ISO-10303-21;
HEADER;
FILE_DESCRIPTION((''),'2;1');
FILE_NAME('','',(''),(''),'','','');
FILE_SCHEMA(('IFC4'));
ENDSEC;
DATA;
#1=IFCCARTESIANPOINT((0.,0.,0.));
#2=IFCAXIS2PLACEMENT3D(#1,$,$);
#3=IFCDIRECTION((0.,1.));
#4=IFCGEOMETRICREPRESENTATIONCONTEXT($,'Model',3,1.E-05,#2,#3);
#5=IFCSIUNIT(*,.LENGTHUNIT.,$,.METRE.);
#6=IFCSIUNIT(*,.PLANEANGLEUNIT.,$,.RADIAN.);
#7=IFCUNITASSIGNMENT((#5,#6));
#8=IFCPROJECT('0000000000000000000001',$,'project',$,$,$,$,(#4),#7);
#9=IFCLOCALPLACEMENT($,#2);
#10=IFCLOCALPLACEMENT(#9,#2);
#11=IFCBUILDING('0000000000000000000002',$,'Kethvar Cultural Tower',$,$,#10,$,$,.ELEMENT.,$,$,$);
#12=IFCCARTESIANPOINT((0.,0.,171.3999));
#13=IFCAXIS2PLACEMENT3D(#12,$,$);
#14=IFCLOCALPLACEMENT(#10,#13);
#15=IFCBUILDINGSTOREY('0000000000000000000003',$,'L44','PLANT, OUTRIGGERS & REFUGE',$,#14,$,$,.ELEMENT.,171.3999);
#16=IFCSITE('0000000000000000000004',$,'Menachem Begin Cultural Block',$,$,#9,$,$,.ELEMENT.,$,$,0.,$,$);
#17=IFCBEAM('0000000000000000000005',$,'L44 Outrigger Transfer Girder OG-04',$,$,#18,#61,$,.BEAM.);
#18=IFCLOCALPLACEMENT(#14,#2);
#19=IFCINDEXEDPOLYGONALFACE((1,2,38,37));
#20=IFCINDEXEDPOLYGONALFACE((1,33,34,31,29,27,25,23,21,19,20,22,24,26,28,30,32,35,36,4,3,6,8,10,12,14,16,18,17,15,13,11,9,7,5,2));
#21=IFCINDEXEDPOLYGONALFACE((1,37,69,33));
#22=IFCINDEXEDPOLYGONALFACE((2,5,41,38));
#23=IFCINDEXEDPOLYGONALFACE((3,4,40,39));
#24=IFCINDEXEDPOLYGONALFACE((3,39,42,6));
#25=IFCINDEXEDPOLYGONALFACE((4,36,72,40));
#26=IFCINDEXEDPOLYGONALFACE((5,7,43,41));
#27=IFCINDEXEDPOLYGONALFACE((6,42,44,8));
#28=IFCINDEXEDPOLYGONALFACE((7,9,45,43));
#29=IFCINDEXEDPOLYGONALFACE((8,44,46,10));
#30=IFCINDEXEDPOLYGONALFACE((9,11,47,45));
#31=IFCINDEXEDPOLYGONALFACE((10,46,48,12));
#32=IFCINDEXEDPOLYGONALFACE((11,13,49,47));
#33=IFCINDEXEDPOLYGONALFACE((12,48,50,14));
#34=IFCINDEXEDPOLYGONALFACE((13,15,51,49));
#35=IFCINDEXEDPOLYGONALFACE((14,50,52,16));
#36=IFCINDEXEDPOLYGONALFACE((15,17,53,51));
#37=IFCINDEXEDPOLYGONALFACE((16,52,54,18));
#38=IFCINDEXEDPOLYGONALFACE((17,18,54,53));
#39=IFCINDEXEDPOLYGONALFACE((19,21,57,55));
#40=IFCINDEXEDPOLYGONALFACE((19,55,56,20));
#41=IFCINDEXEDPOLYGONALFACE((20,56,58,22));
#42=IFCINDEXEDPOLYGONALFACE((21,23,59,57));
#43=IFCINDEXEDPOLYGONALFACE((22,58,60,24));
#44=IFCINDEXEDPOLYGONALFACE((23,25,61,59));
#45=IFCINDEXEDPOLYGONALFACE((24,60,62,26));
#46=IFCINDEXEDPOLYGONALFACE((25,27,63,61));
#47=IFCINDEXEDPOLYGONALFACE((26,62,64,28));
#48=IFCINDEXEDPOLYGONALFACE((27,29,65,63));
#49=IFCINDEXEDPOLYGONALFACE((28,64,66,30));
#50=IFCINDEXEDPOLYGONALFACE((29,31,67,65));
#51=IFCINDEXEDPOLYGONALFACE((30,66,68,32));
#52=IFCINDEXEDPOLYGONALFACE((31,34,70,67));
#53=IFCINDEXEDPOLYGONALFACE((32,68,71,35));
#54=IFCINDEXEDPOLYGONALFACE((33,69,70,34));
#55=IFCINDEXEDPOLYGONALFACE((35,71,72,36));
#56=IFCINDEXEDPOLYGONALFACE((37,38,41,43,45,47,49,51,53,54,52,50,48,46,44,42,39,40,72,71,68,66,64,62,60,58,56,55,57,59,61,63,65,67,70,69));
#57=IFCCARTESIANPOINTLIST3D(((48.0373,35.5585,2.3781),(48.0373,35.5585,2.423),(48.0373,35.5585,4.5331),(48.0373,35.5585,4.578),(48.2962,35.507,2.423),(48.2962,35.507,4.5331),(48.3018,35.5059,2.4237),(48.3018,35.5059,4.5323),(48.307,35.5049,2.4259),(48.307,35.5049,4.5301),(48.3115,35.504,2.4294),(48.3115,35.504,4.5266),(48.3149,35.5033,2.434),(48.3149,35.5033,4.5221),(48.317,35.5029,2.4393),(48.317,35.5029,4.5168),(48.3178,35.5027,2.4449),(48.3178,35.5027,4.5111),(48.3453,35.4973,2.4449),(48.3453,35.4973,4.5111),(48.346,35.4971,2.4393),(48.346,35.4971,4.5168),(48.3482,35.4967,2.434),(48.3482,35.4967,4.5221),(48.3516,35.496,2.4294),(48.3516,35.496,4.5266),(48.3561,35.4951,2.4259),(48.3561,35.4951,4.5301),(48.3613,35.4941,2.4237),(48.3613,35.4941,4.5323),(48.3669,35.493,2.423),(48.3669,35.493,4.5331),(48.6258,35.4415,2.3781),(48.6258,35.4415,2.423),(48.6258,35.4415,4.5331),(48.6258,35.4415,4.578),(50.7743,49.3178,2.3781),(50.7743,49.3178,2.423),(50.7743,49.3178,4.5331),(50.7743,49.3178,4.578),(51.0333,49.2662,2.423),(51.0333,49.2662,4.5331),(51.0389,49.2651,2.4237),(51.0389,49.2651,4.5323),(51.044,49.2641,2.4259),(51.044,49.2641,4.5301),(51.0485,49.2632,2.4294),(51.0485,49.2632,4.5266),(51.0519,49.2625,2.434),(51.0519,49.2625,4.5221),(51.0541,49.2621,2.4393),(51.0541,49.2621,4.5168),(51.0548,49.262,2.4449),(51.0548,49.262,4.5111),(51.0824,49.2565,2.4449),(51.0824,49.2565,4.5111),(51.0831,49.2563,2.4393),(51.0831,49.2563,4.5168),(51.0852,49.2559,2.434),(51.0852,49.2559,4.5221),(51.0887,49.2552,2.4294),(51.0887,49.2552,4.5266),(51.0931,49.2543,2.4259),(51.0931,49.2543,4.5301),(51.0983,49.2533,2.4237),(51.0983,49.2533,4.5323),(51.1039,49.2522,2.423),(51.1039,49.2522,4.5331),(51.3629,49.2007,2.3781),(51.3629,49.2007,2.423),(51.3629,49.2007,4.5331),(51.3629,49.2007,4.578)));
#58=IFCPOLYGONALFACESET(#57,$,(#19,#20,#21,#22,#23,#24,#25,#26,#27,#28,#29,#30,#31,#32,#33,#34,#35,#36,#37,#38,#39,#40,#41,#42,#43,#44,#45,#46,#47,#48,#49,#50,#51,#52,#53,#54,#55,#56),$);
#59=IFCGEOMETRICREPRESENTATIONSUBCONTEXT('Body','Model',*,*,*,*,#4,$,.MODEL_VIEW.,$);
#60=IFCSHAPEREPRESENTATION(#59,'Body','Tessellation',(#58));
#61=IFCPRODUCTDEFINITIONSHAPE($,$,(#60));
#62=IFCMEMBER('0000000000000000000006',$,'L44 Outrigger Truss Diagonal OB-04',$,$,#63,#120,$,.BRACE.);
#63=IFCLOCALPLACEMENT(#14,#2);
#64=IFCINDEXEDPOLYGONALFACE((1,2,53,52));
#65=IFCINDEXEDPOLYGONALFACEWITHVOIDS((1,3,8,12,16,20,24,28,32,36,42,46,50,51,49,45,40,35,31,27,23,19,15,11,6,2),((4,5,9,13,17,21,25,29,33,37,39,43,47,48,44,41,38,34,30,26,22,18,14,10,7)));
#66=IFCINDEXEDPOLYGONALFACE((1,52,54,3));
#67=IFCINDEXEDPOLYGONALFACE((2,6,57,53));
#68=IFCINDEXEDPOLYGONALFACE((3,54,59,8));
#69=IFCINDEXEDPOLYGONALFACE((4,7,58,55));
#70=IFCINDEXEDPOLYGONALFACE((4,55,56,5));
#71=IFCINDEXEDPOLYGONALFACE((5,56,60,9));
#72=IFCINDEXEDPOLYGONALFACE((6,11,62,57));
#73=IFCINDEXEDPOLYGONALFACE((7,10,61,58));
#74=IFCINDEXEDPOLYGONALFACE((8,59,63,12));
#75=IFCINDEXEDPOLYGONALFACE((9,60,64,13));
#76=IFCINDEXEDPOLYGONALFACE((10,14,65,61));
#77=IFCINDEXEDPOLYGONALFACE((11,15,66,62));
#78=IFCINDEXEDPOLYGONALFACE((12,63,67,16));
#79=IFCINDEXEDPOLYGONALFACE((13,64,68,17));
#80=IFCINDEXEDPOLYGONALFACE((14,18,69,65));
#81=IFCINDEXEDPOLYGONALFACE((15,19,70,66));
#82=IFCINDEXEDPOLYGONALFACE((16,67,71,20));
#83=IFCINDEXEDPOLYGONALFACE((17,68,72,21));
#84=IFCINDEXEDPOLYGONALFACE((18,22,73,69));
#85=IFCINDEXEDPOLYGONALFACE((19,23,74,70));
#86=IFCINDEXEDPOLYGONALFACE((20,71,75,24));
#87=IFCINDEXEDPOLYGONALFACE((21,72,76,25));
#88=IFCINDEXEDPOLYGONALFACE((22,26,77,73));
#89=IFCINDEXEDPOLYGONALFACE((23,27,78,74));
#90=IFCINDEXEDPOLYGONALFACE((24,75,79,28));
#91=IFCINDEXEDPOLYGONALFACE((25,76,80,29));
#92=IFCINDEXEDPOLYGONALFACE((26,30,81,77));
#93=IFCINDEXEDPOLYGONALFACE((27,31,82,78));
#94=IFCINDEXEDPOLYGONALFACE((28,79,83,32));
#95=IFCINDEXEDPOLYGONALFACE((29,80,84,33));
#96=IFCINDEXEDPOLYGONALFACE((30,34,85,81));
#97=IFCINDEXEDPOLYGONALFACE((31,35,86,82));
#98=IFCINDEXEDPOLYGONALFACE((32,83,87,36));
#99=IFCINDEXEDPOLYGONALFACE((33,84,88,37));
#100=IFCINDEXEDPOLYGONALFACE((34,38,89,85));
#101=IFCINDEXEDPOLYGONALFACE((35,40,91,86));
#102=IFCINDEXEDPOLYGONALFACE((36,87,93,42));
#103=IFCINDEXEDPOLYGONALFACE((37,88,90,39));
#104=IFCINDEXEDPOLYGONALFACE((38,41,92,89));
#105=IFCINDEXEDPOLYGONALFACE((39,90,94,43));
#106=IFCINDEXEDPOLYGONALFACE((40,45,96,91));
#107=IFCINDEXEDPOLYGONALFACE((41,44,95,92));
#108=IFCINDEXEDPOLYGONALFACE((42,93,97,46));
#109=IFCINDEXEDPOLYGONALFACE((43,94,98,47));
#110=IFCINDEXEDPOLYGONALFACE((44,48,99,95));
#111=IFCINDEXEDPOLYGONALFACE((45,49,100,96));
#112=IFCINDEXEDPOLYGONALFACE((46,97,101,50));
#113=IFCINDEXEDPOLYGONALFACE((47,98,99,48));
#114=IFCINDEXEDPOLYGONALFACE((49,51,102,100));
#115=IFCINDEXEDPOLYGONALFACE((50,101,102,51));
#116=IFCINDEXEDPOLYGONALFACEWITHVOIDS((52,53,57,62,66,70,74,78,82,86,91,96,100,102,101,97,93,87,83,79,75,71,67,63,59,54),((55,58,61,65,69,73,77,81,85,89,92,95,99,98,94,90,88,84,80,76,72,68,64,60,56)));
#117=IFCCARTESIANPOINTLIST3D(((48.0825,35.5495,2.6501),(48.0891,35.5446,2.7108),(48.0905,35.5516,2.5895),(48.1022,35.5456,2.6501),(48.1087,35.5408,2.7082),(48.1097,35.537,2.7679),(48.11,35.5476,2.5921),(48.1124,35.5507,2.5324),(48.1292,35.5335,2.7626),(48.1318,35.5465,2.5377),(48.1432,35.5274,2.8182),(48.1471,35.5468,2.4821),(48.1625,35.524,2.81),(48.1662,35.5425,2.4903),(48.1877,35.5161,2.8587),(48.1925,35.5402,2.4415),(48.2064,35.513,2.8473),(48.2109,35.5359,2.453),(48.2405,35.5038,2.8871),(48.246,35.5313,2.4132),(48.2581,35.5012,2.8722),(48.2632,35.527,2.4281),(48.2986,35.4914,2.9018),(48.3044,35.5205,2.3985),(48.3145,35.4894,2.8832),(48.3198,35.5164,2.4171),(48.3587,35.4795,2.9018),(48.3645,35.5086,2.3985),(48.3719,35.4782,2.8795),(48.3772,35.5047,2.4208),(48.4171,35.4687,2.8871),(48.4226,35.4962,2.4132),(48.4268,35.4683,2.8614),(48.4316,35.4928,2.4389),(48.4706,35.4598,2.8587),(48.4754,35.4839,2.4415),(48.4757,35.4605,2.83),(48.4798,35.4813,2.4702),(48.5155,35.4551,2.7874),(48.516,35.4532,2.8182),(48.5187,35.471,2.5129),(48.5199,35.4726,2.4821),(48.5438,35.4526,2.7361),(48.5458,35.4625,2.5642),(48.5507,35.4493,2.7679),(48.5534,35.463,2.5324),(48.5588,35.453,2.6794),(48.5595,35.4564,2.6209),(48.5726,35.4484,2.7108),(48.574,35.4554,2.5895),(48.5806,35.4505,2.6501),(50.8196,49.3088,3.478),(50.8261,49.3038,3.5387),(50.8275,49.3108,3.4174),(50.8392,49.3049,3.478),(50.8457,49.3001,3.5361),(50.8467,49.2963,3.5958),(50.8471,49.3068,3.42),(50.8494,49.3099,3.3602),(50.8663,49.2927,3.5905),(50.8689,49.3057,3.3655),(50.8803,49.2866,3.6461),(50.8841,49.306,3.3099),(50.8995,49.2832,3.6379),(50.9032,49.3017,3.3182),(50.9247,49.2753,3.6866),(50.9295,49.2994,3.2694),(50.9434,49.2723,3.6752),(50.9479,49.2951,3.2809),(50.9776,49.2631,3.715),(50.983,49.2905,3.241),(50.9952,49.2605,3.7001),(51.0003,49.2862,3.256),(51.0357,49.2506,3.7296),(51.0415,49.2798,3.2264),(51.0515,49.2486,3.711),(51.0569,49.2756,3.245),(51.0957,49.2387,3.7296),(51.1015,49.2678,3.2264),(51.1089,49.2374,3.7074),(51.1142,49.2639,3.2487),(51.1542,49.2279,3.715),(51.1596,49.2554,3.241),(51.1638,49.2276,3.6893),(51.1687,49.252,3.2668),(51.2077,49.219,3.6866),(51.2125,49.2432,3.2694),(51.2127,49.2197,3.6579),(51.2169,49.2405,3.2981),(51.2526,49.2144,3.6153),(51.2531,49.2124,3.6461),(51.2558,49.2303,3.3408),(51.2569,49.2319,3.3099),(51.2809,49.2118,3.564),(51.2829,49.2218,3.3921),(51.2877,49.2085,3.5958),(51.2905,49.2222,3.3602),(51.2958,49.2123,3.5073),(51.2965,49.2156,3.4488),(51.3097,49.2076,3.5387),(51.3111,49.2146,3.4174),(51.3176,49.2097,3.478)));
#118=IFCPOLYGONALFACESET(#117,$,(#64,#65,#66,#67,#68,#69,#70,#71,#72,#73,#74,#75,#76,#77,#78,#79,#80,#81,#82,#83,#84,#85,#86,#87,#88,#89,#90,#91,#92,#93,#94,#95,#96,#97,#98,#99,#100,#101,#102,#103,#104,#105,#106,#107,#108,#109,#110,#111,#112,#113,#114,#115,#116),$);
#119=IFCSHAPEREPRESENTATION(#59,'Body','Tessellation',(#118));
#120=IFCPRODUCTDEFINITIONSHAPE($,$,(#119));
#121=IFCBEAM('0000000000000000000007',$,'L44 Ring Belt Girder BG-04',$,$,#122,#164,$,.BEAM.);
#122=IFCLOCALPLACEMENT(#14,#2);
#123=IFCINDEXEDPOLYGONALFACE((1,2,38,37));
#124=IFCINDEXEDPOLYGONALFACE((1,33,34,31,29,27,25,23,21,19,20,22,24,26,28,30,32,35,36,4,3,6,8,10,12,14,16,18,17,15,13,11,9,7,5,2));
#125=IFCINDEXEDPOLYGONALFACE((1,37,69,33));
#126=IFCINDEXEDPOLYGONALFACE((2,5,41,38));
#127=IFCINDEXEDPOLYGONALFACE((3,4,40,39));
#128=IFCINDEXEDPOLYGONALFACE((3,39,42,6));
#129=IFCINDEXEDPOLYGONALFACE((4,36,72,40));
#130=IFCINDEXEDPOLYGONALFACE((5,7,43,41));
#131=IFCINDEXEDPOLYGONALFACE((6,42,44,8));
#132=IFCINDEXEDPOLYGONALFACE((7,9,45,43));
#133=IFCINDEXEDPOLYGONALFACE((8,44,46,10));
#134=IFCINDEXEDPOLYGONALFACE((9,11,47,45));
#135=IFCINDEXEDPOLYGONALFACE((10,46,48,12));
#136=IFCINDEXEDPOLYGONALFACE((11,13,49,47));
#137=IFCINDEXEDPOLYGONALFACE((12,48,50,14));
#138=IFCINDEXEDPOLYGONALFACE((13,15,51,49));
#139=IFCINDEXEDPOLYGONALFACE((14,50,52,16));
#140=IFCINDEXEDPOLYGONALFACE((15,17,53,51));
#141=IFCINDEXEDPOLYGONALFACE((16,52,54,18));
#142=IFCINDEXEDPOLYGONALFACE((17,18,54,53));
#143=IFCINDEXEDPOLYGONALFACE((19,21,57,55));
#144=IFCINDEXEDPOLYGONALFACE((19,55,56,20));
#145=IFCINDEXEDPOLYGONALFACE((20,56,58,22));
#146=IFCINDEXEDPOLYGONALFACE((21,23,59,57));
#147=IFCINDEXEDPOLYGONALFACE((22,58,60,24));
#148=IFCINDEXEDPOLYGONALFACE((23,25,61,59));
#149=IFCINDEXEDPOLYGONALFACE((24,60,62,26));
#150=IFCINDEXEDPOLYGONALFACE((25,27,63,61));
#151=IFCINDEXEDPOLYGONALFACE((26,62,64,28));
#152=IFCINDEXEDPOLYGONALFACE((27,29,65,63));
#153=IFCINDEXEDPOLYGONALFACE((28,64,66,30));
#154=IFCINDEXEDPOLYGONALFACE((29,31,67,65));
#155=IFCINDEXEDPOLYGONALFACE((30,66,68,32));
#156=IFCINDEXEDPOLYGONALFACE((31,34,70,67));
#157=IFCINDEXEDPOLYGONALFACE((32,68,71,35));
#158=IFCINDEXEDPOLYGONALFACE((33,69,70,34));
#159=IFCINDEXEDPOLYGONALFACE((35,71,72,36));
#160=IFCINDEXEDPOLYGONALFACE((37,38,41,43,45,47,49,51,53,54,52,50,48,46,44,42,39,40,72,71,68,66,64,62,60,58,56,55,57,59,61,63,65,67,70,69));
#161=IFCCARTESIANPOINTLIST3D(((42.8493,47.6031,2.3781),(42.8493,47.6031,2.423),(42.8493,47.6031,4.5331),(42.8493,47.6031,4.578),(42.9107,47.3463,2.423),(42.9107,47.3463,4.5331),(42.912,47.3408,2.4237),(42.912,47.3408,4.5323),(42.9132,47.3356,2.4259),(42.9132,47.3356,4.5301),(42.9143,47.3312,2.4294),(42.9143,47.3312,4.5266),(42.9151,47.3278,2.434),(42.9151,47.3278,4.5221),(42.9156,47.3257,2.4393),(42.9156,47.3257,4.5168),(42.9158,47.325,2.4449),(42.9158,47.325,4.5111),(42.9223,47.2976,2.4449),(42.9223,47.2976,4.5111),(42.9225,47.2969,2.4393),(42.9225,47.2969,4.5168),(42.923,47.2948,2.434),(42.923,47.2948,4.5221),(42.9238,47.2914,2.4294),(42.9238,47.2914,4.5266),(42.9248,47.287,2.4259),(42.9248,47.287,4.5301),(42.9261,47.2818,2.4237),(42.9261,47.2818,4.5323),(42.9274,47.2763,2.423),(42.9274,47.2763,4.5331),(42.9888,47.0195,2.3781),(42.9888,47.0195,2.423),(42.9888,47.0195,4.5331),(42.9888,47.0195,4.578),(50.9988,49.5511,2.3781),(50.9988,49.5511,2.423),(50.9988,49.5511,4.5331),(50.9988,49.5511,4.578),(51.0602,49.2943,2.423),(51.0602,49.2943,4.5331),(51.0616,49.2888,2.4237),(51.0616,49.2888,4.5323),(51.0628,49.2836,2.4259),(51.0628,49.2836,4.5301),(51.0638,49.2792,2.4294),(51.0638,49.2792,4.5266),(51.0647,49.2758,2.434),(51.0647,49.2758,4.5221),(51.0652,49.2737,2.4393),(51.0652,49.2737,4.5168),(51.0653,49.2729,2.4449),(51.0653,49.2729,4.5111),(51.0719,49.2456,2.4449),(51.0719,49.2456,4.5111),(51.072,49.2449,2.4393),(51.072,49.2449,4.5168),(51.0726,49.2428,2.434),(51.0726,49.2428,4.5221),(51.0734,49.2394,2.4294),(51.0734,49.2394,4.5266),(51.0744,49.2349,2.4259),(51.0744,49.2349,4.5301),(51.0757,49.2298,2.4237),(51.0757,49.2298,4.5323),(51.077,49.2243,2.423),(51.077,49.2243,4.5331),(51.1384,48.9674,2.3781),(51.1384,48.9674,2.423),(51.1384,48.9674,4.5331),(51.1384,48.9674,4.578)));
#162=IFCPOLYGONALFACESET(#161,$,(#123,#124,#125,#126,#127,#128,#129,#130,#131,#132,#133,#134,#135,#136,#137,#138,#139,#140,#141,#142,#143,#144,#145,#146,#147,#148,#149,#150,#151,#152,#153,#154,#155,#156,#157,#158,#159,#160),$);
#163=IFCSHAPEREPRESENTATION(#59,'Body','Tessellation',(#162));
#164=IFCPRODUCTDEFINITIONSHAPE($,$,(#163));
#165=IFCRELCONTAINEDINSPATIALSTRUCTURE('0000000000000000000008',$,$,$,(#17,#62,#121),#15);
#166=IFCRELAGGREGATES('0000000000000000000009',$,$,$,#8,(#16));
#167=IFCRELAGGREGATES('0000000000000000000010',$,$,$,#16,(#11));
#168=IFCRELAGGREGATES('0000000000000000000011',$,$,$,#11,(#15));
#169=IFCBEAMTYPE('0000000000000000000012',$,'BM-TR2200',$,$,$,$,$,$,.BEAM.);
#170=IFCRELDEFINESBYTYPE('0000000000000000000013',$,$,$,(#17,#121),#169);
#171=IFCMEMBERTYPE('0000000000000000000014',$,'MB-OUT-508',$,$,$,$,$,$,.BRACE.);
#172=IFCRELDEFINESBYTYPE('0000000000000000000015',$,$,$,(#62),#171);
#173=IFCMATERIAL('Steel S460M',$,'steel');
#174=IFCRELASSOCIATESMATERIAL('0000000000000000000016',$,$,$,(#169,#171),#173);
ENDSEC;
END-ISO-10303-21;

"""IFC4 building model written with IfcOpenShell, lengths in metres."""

from ifc_helpers import new_model, si_unit, direction, frame, origin, origin_2d, place, context, subcontext, project, spatial, hollow_circle, i_section, extrude, source, transform, mapped, material, material_profile, profile_set, type_object, element, save


model = new_model("IFC4")

# Units and contexts
model_context = context("Model", 3, precision=1e-05, world=origin(), true_north=direction((0.0, 1.0)))
body_context = subcontext(model_context, "Body", "Model", "MODEL_VIEW")
ifc_project = project(units=[si_unit("LENGTHUNIT", "METRE"), si_unit("PLANEANGLEUNIT", "RADIAN")], contexts=[model_context])

# Site, building, storey
site_placement = place(None, origin())
site = spatial("IfcSite", under=ifc_project, at=site_placement, Name="Menachem Begin Cultural Block", CompositionType="ELEMENT", RefElevation=0.0)
building_placement = place(site_placement, origin())
building = spatial("IfcBuilding", under=site, at=building_placement, Name="Kethvar Cultural Tower", CompositionType="ELEMENT")
storey_placement = place(building_placement, frame((0.0, 0.0, 171.3999)))
storey = spatial("IfcBuildingStorey", under=building, at=storey_placement, Name="L44", Description="PLANT, OUTRIGGERS & REFUGE", CompositionType="ELEMENT", Elevation=171.3999)

# Shared definitions
ifc_material_1 = material(Name="Steel S460M", Category="steel")

# Shared definitions
ifc_material_profile_1 = material_profile(ifc_material_1, i_section(OverallWidth=0.6001, OverallDepth=2.2, WebThickness=0.0281, FlangeThickness=0.0449, FilletRadius=0.022, at=origin_2d()), Name="Steel S460M — PG2200x600x45x28")
ifc_profile_set_1 = profile_set([ifc_material_profile_1], Name="Steel S460M — PG2200x600x45x28")
beam_type = type_object("IfcBeamType", Name="BM-TR2200", PredefinedType="BEAM", material=ifc_profile_set_1)

# Shared definitions
ifc_material_profile_2 = material_profile(ifc_material_1, hollow_circle(Radius=0.2539, WallThickness=0.02, at=origin_2d()), Name="Steel S460M — CHS508x20")
ifc_profile_set_2 = profile_set([ifc_material_profile_2], Name="Steel S460M — CHS508x20")
member_type_1 = type_object("IfcMemberType", Name="MB-OUT-508", PredefinedType="BRACE", material=ifc_profile_set_2)

# Beam
shared_shape_1 = source(origin(), body_context, "Body", "SweptSolid", [
    extrude(i_section(OverallWidth=0.6001, OverallDepth=2.2, WebThickness=0.0281, FlangeThickness=0.0449, FilletRadius=0.022, at=origin_2d()), origin(), (0.0, 0.0, 1.0), 14.0288),
])
beam_1_placement = place(storey_placement, frame((48.3315, 35.5, 3.478), z_axis=(0.195102, 0.980783, 0.0), x_axis=(-0.980783, 0.195102, 0.0)))
element("IfcBeam", 1, at=beam_1_placement, inside=storey, type_object=beam_type, Name="L44 Outrigger Transfer Girder OG-04", PredefinedType="BEAM", context=body_context, shape_type="MappedRepresentation", body=[
    mapped(shared_shape_1, transform((0.0, 0.0, 0.0), scale=1.0)),
])

# Member
shared_shape_2 = source(origin(), body_context, "Body", "SweptSolid", [
    extrude(hollow_circle(Radius=0.2539, WallThickness=0.02, at=origin_2d()), origin(), (0.0, 0.0, 1.0), 14.0532),
])
member_1_placement = place(storey_placement, frame((48.3315, 35.5, 2.6501), z_axis=(0.194763, 0.97908, 0.05891), x_axis=(-0.980783, 0.195102, 0.0)))
element("IfcMember", 2, at=member_1_placement, inside=storey, type_object=member_type_1, Name="L44 Outrigger Truss Diagonal OB-04", PredefinedType="BRACE", context=body_context, shape_type="MappedRepresentation", body=[
    mapped(shared_shape_2, transform((0.0, 0.0, 0.0), scale=1.0)),
])

# Beam
shared_shape_3 = source(origin(), body_context, "Body", "SweptSolid", [
    extrude(i_section(OverallWidth=0.6001, OverallDepth=2.2, WebThickness=0.0281, FlangeThickness=0.0449, FilletRadius=0.022, at=origin_2d()), origin(), (0.0, 0.0, 1.0), 8.3792),
])
beam_2_placement = place(storey_placement, frame((51.0686, 49.2593, 3.478), z_axis=(-0.972601, -0.232479, 0.0), x_axis=(0.232479, -0.972601, 0.0)))
element("IfcBeam", 3, at=beam_2_placement, inside=storey, type_object=beam_type, Name="L44 Ring Belt Girder BG-04", PredefinedType="BEAM", context=body_context, shape_type="MappedRepresentation", body=[
    mapped(shared_shape_3, transform((0.0, 0.0, 0.0), scale=1.0)),
])

save(model, "model.ifc")
